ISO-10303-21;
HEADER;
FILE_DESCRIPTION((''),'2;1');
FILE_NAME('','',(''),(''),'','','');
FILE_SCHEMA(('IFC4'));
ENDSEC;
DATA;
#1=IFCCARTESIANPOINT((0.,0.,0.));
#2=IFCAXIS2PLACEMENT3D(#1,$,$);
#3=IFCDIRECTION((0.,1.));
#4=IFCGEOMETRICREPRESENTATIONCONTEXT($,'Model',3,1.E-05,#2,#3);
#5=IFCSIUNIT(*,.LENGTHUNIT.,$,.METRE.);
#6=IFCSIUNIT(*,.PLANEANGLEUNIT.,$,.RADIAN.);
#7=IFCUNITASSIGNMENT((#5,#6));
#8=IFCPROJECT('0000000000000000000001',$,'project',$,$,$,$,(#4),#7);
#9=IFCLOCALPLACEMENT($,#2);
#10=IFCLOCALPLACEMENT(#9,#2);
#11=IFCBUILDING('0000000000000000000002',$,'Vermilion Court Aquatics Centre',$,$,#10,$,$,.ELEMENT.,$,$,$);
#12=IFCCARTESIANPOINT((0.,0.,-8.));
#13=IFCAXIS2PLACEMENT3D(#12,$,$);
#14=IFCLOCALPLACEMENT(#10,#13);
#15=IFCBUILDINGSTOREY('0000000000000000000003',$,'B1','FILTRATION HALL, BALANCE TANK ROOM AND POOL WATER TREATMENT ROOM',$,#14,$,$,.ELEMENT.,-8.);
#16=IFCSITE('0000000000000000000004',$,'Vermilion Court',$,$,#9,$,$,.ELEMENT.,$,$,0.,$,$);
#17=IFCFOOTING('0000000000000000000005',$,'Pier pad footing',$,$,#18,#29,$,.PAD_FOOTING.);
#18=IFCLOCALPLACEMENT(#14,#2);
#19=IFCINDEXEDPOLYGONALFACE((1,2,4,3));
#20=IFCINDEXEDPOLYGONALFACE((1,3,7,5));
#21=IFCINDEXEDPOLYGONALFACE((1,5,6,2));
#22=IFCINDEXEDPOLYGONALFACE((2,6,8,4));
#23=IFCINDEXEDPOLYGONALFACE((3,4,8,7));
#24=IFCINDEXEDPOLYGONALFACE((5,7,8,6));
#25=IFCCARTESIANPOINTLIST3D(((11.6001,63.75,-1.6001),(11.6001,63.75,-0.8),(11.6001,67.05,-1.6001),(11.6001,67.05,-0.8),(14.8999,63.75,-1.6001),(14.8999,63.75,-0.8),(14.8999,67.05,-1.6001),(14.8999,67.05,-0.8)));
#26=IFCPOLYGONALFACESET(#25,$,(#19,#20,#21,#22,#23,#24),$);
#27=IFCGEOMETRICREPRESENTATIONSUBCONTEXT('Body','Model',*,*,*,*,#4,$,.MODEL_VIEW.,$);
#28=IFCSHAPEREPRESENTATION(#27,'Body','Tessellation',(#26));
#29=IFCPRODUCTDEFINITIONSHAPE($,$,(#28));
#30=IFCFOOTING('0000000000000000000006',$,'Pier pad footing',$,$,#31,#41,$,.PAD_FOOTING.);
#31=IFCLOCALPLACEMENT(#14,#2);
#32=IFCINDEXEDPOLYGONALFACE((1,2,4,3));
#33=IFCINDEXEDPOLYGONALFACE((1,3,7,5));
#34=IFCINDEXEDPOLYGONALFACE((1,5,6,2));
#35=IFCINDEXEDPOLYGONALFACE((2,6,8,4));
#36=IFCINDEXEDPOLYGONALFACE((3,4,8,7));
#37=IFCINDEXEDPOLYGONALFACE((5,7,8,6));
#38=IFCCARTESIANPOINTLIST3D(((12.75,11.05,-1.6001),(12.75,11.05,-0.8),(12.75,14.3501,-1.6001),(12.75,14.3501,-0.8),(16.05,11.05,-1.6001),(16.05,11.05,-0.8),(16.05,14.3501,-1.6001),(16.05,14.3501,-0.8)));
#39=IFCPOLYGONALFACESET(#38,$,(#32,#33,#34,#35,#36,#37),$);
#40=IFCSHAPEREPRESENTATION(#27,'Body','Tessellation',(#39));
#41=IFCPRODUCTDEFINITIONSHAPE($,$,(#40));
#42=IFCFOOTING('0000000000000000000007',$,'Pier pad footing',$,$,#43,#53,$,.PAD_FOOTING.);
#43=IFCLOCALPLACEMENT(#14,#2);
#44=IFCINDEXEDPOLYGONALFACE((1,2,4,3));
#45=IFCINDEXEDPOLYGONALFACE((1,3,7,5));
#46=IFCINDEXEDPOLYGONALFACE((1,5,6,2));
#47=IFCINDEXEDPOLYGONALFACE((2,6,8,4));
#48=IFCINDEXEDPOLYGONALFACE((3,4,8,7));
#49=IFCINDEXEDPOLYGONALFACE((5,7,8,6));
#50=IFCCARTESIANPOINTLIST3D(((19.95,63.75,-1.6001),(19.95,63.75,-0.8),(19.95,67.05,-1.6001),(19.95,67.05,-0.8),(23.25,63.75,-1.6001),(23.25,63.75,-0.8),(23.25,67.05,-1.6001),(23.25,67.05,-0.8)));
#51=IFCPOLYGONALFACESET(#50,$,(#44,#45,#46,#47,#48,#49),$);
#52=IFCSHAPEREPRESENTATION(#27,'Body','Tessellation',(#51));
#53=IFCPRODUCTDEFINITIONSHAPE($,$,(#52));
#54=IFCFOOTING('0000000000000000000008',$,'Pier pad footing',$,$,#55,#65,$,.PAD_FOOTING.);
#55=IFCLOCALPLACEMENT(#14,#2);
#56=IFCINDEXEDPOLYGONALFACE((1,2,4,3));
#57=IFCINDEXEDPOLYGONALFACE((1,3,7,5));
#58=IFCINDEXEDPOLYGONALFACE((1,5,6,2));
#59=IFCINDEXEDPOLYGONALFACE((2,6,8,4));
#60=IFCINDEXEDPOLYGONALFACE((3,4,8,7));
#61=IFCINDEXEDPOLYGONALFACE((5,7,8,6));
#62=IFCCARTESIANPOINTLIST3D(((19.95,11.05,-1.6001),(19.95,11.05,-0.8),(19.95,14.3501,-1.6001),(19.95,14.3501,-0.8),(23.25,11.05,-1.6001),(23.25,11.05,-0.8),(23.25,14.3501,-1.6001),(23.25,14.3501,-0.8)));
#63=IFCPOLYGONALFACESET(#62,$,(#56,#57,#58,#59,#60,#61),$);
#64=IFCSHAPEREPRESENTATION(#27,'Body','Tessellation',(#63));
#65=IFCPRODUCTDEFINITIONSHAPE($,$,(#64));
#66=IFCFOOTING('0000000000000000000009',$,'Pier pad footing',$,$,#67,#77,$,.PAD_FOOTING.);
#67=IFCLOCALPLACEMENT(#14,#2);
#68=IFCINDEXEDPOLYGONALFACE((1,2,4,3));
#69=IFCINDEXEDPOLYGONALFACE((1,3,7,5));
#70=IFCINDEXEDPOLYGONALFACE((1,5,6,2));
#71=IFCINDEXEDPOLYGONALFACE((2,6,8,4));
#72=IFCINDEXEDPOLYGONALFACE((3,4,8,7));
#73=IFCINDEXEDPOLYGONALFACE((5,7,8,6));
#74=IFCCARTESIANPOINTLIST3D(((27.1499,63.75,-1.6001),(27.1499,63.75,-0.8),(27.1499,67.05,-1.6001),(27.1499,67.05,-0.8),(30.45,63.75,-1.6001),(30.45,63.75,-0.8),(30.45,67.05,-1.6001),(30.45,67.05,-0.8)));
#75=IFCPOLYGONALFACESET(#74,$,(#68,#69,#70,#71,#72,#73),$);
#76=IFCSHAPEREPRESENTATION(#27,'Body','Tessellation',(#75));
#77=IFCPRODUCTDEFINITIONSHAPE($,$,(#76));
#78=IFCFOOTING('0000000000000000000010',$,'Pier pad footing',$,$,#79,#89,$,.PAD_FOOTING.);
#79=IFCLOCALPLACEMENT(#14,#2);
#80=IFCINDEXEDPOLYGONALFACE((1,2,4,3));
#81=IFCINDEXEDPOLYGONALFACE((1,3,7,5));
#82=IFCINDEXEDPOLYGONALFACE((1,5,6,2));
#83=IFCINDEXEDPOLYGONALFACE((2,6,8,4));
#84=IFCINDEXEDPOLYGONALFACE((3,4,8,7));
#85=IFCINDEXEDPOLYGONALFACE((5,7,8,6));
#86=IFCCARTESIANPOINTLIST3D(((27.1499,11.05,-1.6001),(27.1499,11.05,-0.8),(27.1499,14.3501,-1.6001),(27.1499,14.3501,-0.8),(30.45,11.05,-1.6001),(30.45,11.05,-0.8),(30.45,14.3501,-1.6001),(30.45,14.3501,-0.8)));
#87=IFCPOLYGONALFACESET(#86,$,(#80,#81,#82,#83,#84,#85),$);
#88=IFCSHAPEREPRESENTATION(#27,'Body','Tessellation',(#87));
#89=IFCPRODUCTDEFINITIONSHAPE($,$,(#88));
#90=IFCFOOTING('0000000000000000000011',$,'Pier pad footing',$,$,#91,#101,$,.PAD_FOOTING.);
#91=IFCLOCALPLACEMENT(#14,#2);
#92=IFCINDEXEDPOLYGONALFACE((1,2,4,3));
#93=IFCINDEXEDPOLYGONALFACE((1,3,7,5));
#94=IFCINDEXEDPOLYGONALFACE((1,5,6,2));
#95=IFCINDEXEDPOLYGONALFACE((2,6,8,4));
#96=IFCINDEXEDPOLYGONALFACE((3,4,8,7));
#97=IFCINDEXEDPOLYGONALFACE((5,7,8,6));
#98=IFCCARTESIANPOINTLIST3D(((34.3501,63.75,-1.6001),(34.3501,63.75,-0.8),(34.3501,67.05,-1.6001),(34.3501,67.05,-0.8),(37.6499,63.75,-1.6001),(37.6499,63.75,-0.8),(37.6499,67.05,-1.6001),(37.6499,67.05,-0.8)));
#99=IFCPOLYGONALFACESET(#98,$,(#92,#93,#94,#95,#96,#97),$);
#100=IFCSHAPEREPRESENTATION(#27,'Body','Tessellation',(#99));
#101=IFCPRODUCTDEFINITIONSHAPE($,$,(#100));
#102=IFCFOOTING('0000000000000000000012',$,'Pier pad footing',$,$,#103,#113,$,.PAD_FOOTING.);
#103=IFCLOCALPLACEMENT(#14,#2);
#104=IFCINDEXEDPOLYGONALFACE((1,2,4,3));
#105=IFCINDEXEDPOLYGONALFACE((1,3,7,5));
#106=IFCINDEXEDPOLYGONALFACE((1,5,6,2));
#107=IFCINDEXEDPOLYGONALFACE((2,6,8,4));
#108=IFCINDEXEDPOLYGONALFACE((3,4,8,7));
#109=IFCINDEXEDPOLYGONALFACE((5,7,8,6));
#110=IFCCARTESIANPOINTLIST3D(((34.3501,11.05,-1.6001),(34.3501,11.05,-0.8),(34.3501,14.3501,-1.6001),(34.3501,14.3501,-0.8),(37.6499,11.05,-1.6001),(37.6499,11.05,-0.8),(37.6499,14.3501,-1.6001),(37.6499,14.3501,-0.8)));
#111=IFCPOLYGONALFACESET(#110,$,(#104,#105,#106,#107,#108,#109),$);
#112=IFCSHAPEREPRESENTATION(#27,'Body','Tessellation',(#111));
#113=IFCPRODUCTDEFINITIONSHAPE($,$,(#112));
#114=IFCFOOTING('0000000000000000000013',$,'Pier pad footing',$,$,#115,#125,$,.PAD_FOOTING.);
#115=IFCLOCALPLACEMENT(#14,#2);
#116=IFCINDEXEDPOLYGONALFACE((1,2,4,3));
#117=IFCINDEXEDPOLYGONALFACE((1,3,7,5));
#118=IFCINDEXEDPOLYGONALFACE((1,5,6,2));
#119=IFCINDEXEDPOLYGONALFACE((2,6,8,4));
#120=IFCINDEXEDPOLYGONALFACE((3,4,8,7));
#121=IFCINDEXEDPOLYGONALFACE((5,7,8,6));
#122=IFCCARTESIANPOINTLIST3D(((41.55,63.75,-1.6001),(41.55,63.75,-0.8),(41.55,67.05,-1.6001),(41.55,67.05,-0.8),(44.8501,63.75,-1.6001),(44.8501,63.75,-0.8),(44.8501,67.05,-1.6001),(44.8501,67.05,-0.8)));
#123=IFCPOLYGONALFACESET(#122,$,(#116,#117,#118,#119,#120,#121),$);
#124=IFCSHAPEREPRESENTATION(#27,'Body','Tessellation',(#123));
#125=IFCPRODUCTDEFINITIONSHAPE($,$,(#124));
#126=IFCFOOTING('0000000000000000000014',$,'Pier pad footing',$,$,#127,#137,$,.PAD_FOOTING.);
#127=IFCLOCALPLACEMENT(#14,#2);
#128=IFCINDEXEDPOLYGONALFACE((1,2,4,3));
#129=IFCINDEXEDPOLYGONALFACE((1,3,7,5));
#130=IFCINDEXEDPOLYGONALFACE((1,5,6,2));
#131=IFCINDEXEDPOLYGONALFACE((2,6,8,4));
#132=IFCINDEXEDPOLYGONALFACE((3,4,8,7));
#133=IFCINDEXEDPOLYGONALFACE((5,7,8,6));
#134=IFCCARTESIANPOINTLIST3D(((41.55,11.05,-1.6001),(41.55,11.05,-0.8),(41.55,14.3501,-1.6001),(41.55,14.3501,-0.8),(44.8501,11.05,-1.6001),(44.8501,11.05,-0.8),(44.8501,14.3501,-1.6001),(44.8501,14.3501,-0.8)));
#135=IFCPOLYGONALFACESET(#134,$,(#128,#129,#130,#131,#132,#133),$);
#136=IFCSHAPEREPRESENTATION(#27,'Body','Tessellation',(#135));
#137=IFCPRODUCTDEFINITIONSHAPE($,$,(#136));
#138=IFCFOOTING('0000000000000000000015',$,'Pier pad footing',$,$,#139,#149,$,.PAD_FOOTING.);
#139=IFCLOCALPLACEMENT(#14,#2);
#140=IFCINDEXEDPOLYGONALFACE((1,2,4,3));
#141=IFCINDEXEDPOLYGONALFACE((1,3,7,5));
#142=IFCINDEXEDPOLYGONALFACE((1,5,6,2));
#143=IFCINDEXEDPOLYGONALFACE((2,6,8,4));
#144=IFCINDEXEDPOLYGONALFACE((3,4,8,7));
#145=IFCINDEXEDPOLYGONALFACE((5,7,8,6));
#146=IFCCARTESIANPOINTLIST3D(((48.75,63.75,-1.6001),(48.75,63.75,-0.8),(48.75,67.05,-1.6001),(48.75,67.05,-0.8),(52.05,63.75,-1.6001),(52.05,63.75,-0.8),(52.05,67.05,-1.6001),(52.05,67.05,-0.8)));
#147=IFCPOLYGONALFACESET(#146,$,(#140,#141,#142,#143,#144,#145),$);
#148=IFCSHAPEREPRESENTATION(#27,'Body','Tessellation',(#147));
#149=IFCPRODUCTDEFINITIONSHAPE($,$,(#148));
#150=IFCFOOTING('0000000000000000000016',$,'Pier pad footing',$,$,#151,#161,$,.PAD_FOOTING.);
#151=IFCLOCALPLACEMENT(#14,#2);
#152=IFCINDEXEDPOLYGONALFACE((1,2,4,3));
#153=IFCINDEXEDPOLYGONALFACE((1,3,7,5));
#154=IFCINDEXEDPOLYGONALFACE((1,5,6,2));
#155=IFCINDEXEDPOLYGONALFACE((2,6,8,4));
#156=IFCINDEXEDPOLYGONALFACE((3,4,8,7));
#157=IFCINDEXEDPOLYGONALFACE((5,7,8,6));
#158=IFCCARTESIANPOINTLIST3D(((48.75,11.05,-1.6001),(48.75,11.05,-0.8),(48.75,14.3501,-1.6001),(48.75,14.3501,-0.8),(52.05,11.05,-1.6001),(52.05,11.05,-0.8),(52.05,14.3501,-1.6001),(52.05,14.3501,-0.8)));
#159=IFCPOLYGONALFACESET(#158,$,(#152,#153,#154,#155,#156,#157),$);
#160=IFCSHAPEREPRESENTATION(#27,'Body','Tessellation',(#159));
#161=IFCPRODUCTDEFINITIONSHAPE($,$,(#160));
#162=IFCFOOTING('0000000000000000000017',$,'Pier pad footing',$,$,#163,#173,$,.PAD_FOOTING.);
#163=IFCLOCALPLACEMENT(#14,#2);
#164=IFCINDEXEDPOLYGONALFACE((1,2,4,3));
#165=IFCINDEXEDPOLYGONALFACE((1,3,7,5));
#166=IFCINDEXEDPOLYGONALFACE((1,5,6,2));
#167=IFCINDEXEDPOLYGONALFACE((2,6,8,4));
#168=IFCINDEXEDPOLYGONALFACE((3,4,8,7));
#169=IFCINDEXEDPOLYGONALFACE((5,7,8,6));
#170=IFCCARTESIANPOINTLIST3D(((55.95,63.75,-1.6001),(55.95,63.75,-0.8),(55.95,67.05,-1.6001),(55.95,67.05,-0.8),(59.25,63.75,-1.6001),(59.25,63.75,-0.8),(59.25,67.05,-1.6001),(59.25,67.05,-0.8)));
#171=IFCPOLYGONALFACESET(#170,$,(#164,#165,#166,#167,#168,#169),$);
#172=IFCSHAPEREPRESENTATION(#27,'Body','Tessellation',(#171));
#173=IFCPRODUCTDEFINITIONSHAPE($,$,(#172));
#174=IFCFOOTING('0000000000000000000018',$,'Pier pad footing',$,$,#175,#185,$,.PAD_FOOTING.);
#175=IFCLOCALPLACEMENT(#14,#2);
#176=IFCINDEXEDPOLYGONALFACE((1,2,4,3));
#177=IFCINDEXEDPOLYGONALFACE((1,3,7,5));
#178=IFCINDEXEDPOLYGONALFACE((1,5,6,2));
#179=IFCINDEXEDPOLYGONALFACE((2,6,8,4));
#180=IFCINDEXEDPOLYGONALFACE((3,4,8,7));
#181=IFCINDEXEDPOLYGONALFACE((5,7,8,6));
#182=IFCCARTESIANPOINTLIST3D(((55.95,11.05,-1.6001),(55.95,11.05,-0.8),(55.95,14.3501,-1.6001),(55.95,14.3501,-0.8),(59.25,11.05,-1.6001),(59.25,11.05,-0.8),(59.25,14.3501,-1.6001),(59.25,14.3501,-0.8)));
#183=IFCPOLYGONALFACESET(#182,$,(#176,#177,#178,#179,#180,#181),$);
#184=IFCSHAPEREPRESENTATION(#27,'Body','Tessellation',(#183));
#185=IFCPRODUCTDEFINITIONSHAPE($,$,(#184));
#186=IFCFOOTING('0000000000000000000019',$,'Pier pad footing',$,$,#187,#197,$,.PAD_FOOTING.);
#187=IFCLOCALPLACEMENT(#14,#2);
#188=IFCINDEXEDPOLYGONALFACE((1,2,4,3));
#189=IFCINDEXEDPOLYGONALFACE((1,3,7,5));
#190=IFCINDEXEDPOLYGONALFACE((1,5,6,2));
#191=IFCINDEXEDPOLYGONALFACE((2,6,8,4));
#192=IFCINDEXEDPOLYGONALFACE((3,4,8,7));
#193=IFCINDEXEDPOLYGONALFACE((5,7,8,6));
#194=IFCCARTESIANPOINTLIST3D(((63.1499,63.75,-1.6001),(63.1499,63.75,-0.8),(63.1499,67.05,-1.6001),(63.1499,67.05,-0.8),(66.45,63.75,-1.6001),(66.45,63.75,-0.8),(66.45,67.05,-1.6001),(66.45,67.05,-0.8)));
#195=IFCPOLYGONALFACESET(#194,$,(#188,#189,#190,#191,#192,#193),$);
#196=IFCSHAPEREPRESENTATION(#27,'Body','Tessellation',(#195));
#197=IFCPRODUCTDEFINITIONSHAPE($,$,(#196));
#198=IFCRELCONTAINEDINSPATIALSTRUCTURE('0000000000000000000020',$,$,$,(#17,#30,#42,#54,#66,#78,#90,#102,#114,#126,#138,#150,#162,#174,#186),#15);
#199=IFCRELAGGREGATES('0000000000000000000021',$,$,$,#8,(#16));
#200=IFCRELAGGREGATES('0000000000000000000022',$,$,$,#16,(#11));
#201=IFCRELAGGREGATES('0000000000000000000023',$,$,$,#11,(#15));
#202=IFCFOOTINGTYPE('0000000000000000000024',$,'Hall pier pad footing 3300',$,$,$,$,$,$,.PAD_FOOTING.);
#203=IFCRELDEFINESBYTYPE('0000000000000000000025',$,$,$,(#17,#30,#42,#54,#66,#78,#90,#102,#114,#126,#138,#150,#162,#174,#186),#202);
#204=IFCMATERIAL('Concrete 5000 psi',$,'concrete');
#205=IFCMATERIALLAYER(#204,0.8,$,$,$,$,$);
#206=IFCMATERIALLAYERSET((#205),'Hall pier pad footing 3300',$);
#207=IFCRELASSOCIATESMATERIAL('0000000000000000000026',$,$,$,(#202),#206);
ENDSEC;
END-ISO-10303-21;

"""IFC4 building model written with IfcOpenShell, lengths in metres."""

from ifc_helpers import new_model, si_unit, direction, frame, origin, place, context, subcontext, project, spatial, polyline, outline, extrude, material, layer, layer_set, type_object, element, save


model = new_model("IFC4")

# Units and contexts
model_context = context("Model", 3, precision=1e-05, world=origin(), true_north=direction((0.0, 1.0)))
body_context = subcontext(model_context, "Body", "Model", "MODEL_VIEW")
ifc_project = project(units=[si_unit("LENGTHUNIT", "METRE"), si_unit("PLANEANGLEUNIT", "RADIAN")], contexts=[model_context])

# Site, building, storey
site_placement = place(None, origin())
site = spatial("IfcSite", under=ifc_project, at=site_placement, Name="Vermilion Court", CompositionType="ELEMENT", RefElevation=0.0)
building_placement = place(site_placement, origin())
building = spatial("IfcBuilding", under=site, at=building_placement, Name="Vermilion Court Aquatics Centre", CompositionType="ELEMENT")
storey_placement = place(building_placement, frame((0.0, 0.0, -8.0)))
storey = spatial("IfcBuildingStorey", under=building, at=storey_placement, Name="B1", Description="FILTRATION HALL, BALANCE TANK ROOM AND POOL WATER TREATMENT ROOM", CompositionType="ELEMENT", Elevation=-8.0)

# Footings
ifc_material_1 = material(Name="Concrete 5000 psi", Category="concrete")
ifc_layer_1 = layer(ifc_material_1, 0.8)
ifc_layer_set_1 = layer_set([ifc_layer_1], Name="Hall pier pad footing 3300")
footing_type = type_object("IfcFootingType", Name="Hall pier pad footing 3300", PredefinedType="PAD_FOOTING", material=ifc_layer_set_1)
footing_1_placement = place(storey_placement, frame((0.0, 0.0, -1.6001)))
element("IfcFooting", 1, at=footing_1_placement, inside=storey, type_object=footing_type, Name="Pier pad footing", PredefinedType="PAD_FOOTING", context=body_context, shape_type="SweptSolid", body=[
    extrude(outline(polyline([(11.6001, 63.75), (14.8999, 63.75), (14.8999, 67.05), (11.6001, 67.05), (11.6001, 63.75)])), origin(), (0.0, 0.0, 1.0), 0.8),
])
footing_2_placement = place(storey_placement, frame((0.0, 0.0, -1.6001)))
element("IfcFooting", 2, at=footing_2_placement, inside=storey, type_object=footing_type, Name="Pier pad footing", PredefinedType="PAD_FOOTING", context=body_context, shape_type="SweptSolid", body=[
    extrude(outline(polyline([(12.75, 11.05), (16.05, 11.05), (16.05, 14.3501), (12.75, 14.3501), (12.75, 11.05)])), origin(), (0.0, 0.0, 1.0), 0.8),
])
footing_3_placement = place(storey_placement, frame((0.0, 0.0, -1.6001)))
element("IfcFooting", 3, at=footing_3_placement, inside=storey, type_object=footing_type, Name="Pier pad footing", PredefinedType="PAD_FOOTING", context=body_context, shape_type="SweptSolid", body=[
    extrude(outline(polyline([(19.95, 63.75), (23.25, 63.75), (23.25, 67.05), (19.95, 67.05), (19.95, 63.75)])), origin(), (0.0, 0.0, 1.0), 0.8),
])
footing_4_placement = place(storey_placement, frame((0.0, 0.0, -1.6001)))
element("IfcFooting", 4, at=footing_4_placement, inside=storey, type_object=footing_type, Name="Pier pad footing", PredefinedType="PAD_FOOTING", context=body_context, shape_type="SweptSolid", body=[
    extrude(outline(polyline([(19.95, 11.05), (23.25, 11.05), (23.25, 14.3501), (19.95, 14.3501), (19.95, 11.05)])), origin(), (0.0, 0.0, 1.0), 0.8),
])
footing_5_placement = place(storey_placement, frame((0.0, 0.0, -1.6001)))
element("IfcFooting", 5, at=footing_5_placement, inside=storey, type_object=footing_type, Name="Pier pad footing", PredefinedType="PAD_FOOTING", context=body_context, shape_type="SweptSolid", body=[
    extrude(outline(polyline([(27.1499, 63.75), (30.45, 63.75), (30.45, 67.05), (27.1499, 67.05), (27.1499, 63.75)])), origin(), (0.0, 0.0, 1.0), 0.8),
])
footing_6_placement = place(storey_placement, frame((0.0, 0.0, -1.6001)))
element("IfcFooting", 6, at=footing_6_placement, inside=storey, type_object=footing_type, Name="Pier pad footing", PredefinedType="PAD_FOOTING", context=body_context, shape_type="SweptSolid", body=[
    extrude(outline(polyline([(27.1499, 11.05), (30.45, 11.05), (30.45, 14.3501), (27.1499, 14.3501), (27.1499, 11.05)])), origin(), (0.0, 0.0, 1.0), 0.8),
])
footing_7_placement = place(storey_placement, frame((0.0, 0.0, -1.6001)))
element("IfcFooting", 7, at=footing_7_placement, inside=storey, type_object=footing_type, Name="Pier pad footing", PredefinedType="PAD_FOOTING", context=body_context, shape_type="SweptSolid", body=[
    extrude(outline(polyline([(34.3501, 63.75), (37.6499, 63.75), (37.6499, 67.05), (34.3501, 67.05), (34.3501, 63.75)])), origin(), (0.0, 0.0, 1.0), 0.8),
])
footing_8_placement = place(storey_placement, frame((0.0, 0.0, -1.6001)))
element("IfcFooting", 8, at=footing_8_placement, inside=storey, type_object=footing_type, Name="Pier pad footing", PredefinedType="PAD_FOOTING", context=body_context, shape_type="SweptSolid", body=[
    extrude(outline(polyline([(34.3501, 11.05), (37.6499, 11.05), (37.6499, 14.3501), (34.3501, 14.3501), (34.3501, 11.05)])), origin(), (0.0, 0.0, 1.0), 0.8),
])
footing_9_placement = place(storey_placement, frame((0.0, 0.0, -1.6001)))
element("IfcFooting", 9, at=footing_9_placement, inside=storey, type_object=footing_type, Name="Pier pad footing", PredefinedType="PAD_FOOTING", context=body_context, shape_type="SweptSolid", body=[
    extrude(outline(polyline([(41.55, 63.75), (44.8501, 63.75), (44.8501, 67.05), (41.55, 67.05), (41.55, 63.75)])), origin(), (0.0, 0.0, 1.0), 0.8),
])
footing_10_placement = place(storey_placement, frame((0.0, 0.0, -1.6001)))
element("IfcFooting", 10, at=footing_10_placement, inside=storey, type_object=footing_type, Name="Pier pad footing", PredefinedType="PAD_FOOTING", context=body_context, shape_type="SweptSolid", body=[
    extrude(outline(polyline([(41.55, 11.05), (44.8501, 11.05), (44.8501, 14.3501), (41.55, 14.3501), (41.55, 11.05)])), origin(), (0.0, 0.0, 1.0), 0.8),
])
footing_11_placement = place(storey_placement, frame((0.0, 0.0, -1.6001)))
element("IfcFooting", 11, at=footing_11_placement, inside=storey, type_object=footing_type, Name="Pier pad footing", PredefinedType="PAD_FOOTING", context=body_context, shape_type="SweptSolid", body=[
    extrude(outline(polyline([(48.75, 63.75), (52.05, 63.75), (52.05, 67.05), (48.75, 67.05), (48.75, 63.75)])), origin(), (0.0, 0.0, 1.0), 0.8),
])
footing_12_placement = place(storey_placement, frame((0.0, 0.0, -1.6001)))
element("IfcFooting", 12, at=footing_12_placement, inside=storey, type_object=footing_type, Name="Pier pad footing", PredefinedType="PAD_FOOTING", context=body_context, shape_type="SweptSolid", body=[
    extrude(outline(polyline([(48.75, 11.05), (52.05, 11.05), (52.05, 14.3501), (48.75, 14.3501), (48.75, 11.05)])), origin(), (0.0, 0.0, 1.0), 0.8),
])
footing_13_placement = place(storey_placement, frame((0.0, 0.0, -1.6001)))
element("IfcFooting", 13, at=footing_13_placement, inside=storey, type_object=footing_type, Name="Pier pad footing", PredefinedType="PAD_FOOTING", context=body_context, shape_type="SweptSolid", body=[
    extrude(outline(polyline([(55.95, 63.75), (59.25, 63.75), (59.25, 67.05), (55.95, 67.05), (55.95, 63.75)])), origin(), (0.0, 0.0, 1.0), 0.8),
])
footing_14_placement = place(storey_placement, frame((0.0, 0.0, -1.6001)))
element("IfcFooting", 14, at=footing_14_placement, inside=storey, type_object=footing_type, Name="Pier pad footing", PredefinedType="PAD_FOOTING", context=body_context, shape_type="SweptSolid", body=[
    extrude(outline(polyline([(55.95, 11.05), (59.25, 11.05), (59.25, 14.3501), (55.95, 14.3501), (55.95, 11.05)])), origin(), (0.0, 0.0, 1.0), 0.8),
])
footing_15_placement = place(storey_placement, frame((0.0, 0.0, -1.6001)))
element("IfcFooting", 15, at=footing_15_placement, inside=storey, type_object=footing_type, Name="Pier pad footing", PredefinedType="PAD_FOOTING", context=body_context, shape_type="SweptSolid", body=[
    extrude(outline(polyline([(63.1499, 63.75), (66.45, 63.75), (66.45, 67.05), (63.1499, 67.05), (63.1499, 63.75)])), origin(), (0.0, 0.0, 1.0), 0.8),
])

save(model, "model.ifc")
